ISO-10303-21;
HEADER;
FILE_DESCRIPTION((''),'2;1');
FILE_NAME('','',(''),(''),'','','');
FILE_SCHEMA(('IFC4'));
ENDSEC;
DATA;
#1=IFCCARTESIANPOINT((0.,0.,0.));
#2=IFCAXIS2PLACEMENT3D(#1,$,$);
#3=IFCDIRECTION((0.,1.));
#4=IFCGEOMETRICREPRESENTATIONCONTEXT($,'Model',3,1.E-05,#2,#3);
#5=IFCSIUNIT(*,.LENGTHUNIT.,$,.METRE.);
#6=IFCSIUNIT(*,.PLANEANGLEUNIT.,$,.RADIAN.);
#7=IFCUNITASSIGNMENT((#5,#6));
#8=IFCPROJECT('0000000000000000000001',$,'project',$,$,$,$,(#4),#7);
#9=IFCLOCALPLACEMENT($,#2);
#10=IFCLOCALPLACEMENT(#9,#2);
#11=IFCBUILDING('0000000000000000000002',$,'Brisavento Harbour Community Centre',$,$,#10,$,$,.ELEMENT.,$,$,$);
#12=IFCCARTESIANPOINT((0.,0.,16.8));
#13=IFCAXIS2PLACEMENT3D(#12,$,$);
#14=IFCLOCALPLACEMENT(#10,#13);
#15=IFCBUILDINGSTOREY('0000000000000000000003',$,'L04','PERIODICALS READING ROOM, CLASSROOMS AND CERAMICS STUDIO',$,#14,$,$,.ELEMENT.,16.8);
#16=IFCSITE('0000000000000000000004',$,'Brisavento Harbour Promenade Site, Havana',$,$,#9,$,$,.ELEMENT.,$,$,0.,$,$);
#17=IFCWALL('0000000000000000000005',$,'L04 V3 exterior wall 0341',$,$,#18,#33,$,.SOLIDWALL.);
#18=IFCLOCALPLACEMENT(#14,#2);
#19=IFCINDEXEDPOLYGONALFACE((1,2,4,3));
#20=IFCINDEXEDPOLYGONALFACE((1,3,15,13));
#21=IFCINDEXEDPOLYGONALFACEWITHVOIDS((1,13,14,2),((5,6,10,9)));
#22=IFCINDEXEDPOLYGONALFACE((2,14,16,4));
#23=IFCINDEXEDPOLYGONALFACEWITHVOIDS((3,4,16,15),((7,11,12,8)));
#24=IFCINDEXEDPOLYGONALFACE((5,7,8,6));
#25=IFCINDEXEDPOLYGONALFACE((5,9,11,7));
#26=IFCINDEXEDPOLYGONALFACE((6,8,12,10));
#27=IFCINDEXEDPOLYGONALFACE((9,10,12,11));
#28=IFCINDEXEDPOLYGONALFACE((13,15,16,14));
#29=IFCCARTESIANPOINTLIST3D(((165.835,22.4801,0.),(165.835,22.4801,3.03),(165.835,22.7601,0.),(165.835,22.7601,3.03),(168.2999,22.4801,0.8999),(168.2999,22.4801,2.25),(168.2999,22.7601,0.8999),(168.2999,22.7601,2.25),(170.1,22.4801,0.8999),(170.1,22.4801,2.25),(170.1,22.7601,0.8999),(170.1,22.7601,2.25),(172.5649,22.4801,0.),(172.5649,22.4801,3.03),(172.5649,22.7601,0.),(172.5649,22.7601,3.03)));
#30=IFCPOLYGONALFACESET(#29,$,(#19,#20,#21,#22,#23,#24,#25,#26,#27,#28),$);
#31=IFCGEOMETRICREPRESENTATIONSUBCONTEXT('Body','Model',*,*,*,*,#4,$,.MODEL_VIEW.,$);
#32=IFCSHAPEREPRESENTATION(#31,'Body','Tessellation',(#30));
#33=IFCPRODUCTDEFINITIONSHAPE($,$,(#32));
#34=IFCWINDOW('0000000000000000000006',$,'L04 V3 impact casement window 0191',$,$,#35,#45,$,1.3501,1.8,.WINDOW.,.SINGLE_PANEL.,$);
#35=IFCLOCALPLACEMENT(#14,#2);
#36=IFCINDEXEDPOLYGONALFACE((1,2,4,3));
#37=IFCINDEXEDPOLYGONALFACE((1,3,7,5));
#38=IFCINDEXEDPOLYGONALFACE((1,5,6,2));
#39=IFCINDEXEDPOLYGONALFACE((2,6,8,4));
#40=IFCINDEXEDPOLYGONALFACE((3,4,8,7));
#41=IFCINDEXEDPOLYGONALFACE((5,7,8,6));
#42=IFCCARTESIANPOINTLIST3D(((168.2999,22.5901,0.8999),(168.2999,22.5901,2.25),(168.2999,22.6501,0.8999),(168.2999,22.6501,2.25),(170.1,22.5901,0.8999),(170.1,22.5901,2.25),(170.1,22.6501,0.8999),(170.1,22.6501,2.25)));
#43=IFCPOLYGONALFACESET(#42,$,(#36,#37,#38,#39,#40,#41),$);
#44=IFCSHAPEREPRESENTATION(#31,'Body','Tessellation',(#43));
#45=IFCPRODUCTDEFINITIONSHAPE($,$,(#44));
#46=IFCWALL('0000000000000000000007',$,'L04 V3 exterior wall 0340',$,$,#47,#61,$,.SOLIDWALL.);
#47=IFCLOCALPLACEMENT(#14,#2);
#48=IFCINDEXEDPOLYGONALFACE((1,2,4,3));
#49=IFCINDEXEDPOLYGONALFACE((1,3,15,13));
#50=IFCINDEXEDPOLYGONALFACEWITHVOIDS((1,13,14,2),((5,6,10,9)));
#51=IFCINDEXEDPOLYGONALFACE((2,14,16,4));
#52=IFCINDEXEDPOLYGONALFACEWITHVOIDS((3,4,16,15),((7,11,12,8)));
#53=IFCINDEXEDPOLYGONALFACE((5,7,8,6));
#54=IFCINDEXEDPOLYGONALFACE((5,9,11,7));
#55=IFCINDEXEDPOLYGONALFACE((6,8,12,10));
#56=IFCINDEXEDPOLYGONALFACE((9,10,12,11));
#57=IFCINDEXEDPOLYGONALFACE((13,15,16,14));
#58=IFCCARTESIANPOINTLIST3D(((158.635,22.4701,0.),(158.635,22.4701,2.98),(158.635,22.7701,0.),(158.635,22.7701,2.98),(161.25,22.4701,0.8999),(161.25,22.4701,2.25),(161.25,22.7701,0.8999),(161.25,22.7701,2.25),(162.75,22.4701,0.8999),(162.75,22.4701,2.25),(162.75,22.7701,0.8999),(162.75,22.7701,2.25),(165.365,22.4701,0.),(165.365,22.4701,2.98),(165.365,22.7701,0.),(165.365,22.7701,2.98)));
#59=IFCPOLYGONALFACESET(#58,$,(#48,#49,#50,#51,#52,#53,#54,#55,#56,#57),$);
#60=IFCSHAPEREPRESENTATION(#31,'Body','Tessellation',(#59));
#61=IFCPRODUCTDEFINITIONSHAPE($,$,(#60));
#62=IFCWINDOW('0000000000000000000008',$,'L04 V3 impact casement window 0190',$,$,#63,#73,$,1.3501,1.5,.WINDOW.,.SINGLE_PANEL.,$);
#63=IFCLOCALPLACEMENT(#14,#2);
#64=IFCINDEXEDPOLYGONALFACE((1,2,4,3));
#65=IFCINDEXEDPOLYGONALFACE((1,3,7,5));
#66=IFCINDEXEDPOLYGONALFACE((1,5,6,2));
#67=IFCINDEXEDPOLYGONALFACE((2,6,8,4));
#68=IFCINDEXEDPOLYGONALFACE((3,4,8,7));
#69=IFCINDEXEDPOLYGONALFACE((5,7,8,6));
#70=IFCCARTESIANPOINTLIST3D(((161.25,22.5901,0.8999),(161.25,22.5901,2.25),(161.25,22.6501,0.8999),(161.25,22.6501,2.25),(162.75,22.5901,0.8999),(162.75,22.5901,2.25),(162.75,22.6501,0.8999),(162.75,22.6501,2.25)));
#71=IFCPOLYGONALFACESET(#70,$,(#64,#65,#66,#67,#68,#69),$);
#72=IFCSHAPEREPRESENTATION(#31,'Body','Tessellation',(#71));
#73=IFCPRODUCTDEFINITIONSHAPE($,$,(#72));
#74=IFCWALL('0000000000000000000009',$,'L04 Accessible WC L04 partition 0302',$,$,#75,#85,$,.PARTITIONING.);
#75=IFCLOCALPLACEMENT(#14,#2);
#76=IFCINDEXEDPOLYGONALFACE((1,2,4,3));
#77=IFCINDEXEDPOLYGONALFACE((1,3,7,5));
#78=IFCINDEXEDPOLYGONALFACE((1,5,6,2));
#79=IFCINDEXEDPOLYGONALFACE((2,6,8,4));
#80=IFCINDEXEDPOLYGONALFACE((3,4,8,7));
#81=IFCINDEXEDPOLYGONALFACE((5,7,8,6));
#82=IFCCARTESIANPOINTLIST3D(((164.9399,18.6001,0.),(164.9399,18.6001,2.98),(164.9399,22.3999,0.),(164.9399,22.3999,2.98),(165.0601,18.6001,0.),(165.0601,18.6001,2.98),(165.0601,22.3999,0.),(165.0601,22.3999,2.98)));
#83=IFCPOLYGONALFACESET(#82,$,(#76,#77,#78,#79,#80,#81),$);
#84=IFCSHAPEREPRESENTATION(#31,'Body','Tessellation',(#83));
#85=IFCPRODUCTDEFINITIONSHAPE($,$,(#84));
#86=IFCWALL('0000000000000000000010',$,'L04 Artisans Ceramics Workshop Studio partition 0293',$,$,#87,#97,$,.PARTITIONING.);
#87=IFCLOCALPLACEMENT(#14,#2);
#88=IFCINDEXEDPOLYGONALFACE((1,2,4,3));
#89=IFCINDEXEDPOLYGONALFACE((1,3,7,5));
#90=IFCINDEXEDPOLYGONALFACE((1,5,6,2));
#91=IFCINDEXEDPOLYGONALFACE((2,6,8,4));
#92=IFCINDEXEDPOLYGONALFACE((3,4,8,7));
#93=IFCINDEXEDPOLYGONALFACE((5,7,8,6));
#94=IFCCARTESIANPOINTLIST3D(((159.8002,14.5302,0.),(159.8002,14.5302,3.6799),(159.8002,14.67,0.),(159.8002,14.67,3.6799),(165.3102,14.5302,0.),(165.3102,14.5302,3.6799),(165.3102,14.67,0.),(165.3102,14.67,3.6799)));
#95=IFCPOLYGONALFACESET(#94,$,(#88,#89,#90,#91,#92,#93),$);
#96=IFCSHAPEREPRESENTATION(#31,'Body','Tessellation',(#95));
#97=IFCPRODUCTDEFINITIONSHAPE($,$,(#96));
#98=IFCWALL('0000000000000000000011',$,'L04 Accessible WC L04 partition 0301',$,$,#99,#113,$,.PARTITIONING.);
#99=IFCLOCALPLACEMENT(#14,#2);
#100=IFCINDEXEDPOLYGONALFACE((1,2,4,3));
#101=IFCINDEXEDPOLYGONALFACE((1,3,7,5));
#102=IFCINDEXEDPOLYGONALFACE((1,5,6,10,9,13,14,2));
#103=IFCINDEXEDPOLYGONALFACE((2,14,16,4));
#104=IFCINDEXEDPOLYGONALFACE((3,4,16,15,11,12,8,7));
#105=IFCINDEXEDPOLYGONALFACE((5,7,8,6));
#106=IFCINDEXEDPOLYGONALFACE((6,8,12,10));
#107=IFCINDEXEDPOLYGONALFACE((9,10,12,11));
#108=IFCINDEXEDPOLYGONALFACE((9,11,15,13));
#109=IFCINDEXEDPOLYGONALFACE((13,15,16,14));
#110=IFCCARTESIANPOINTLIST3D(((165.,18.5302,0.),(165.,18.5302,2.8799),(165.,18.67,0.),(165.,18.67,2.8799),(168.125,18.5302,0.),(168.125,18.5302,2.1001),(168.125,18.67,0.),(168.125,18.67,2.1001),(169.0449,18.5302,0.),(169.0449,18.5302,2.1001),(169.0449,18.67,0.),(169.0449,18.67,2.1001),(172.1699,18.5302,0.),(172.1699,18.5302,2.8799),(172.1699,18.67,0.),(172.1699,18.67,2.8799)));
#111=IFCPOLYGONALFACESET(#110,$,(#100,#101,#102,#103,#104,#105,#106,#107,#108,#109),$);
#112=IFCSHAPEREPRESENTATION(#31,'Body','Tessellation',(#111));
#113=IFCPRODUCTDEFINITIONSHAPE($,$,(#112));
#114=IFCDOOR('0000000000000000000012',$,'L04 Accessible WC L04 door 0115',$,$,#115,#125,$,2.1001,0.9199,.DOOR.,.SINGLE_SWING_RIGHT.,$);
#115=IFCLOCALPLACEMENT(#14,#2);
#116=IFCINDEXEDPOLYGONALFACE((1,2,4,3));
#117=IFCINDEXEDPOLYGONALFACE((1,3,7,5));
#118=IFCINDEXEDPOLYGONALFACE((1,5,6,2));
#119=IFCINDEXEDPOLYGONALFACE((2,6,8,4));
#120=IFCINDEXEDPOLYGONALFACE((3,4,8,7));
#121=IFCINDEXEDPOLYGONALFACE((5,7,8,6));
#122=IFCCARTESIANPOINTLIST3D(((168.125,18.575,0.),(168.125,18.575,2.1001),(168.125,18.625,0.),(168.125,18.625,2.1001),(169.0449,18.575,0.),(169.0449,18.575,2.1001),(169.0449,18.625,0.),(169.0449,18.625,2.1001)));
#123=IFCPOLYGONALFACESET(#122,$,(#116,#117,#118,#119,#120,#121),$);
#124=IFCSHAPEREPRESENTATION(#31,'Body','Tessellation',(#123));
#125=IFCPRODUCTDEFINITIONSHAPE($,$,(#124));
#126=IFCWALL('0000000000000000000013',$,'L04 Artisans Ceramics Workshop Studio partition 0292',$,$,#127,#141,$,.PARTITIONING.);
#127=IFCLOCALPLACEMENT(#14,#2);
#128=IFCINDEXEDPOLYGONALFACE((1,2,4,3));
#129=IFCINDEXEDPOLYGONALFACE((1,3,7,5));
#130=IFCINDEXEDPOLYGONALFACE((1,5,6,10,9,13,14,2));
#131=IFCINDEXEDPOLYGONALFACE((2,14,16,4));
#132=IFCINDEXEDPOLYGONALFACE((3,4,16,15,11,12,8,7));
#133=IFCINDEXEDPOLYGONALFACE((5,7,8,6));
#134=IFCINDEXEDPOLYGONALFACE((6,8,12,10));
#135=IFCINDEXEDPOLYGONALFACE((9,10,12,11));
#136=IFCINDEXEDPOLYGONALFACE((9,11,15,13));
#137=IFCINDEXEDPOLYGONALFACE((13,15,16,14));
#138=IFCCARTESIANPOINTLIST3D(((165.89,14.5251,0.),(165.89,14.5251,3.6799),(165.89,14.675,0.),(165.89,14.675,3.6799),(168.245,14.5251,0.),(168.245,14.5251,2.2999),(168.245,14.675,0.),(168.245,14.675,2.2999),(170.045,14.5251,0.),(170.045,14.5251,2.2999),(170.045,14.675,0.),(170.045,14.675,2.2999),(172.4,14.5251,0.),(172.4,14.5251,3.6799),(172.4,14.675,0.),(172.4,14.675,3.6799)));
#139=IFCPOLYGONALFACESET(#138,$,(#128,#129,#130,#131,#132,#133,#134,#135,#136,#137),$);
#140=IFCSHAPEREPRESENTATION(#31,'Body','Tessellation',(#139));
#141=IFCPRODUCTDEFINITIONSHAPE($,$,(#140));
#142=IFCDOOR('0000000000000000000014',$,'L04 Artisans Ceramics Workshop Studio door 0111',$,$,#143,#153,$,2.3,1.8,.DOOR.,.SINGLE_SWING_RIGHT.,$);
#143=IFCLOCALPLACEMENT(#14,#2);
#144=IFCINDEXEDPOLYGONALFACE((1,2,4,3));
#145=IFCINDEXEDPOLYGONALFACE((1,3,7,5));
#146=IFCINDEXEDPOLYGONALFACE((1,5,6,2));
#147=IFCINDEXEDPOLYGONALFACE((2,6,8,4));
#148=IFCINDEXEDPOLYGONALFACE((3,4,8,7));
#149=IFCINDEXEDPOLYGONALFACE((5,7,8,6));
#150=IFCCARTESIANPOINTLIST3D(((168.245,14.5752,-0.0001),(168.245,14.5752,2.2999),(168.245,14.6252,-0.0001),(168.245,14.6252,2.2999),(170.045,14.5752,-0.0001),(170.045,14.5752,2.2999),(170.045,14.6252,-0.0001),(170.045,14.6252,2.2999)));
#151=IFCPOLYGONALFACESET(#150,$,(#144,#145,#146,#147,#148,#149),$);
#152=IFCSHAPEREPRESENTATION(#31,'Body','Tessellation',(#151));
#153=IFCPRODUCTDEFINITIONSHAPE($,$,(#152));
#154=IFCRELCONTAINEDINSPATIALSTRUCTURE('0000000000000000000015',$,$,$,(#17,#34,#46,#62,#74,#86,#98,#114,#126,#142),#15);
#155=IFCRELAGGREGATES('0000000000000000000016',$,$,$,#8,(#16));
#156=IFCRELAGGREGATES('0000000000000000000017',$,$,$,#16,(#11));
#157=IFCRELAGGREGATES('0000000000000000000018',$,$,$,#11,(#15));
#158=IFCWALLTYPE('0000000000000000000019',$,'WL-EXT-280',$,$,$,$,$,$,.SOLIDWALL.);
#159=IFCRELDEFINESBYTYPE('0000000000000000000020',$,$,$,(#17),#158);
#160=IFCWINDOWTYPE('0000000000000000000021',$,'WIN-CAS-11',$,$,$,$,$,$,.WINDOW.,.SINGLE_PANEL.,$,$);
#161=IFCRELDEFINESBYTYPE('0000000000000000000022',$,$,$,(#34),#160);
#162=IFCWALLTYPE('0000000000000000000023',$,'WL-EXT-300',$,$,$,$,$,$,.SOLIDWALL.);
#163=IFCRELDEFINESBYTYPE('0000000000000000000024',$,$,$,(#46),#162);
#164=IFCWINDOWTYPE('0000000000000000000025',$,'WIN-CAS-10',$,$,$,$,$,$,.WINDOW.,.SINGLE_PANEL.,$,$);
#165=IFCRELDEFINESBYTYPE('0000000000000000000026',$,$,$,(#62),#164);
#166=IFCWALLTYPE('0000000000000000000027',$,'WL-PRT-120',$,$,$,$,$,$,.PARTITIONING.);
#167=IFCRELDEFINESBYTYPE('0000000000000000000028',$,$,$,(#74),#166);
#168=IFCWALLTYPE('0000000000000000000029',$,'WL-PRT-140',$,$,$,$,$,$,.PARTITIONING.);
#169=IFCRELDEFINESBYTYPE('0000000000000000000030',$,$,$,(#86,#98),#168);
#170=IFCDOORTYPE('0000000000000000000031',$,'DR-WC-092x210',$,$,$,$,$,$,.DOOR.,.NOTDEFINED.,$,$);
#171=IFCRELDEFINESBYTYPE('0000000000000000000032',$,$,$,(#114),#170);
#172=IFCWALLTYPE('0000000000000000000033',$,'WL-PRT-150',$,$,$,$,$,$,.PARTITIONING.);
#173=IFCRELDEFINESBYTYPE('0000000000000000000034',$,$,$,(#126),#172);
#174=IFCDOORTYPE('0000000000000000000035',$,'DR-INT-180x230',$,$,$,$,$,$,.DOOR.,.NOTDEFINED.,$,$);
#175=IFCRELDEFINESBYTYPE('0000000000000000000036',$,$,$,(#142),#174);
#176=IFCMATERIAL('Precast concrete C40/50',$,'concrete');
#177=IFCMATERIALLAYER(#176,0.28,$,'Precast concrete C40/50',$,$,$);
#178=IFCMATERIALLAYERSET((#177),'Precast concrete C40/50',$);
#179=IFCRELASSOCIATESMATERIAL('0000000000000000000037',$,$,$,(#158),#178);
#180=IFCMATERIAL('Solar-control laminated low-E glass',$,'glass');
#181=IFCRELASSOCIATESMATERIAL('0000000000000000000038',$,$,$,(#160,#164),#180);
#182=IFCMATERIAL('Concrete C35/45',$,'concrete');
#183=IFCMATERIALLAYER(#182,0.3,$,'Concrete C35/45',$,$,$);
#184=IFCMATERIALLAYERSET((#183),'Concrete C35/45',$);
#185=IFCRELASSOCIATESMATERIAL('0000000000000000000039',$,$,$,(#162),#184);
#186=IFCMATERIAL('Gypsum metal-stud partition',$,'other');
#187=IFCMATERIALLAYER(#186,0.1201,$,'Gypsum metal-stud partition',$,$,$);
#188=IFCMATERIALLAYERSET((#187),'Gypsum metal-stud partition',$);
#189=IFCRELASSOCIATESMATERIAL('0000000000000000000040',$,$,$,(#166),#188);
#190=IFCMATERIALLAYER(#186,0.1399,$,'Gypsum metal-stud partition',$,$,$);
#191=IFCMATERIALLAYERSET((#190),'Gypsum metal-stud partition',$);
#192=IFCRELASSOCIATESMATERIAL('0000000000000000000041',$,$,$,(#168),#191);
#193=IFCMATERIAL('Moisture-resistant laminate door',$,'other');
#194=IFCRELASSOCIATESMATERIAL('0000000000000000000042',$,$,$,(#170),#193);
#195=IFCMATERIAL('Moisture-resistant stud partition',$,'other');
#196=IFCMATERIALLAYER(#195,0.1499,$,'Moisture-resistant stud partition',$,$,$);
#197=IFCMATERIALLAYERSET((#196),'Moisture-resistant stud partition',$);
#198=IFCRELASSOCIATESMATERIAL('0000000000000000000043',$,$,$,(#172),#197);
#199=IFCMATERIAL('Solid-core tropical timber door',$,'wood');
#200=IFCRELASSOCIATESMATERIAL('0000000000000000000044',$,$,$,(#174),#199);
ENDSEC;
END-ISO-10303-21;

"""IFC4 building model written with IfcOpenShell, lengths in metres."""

from ifc_helpers import new_model, si_unit, direction, frame, frame_2d, origin, place, context, subcontext, project, spatial, rectangle, extrude, material, layer, layer_set, type_object, element, fill, save


model = new_model("IFC4")

# Units and contexts
model_context = context("Model", 3, precision=1e-05, world=origin(), true_north=direction((0.0, 1.0)))
body_context = subcontext(model_context, "Body", "Model", "MODEL_VIEW")
ifc_project = project(units=[si_unit("LENGTHUNIT", "METRE"), si_unit("PLANEANGLEUNIT", "RADIAN")], contexts=[model_context])

# Site, building, storey
site_placement = place(None, origin())
site = spatial("IfcSite", under=ifc_project, at=site_placement, Name="Brisavento Harbour Promenade Site, Havana", CompositionType="ELEMENT", RefElevation=0.0)
building_placement = place(site_placement, origin())
building = spatial("IfcBuilding", under=site, at=building_placement, Name="Brisavento Harbour Community Centre", CompositionType="ELEMENT")
storey_placement = place(building_placement, frame((0.0, 0.0, 16.8)))
storey = spatial("IfcBuildingStorey", under=building, at=storey_placement, Name="L04", Description="PERIODICALS READING ROOM, CLASSROOMS AND CERAMICS STUDIO", CompositionType="ELEMENT", Elevation=16.8)

# Shared definitions
ifc_material_1 = material(Name="Concrete C35/45", Category="concrete")

# Walls, openings, windows
ifc_material_2 = material(Name="Precast concrete C40/50", Category="concrete")
ifc_layer_1 = layer(ifc_material_2, 0.28, Name="Precast concrete C40/50")
ifc_layer_set_1 = layer_set([ifc_layer_1], Name="Precast concrete C40/50")
wall_type_1 = type_object("IfcWallType", Name="WL-EXT-280", PredefinedType="SOLIDWALL", material=ifc_layer_set_1)
ifc_material_3 = material(Name="Solar-control laminated low-E glass", Category="glass")
wall_1_placement = place(storey_placement, frame((165.835, 22.6201, 0.0), z_axis=(0.0, 0.0, 1.0), x_axis=(1.0, 0.0, 0.0)))
wall_1 = element("IfcWall", 1, at=wall_1_placement, inside=storey, type_object=wall_type_1, Name="L04 V3 exterior wall 0341", PredefinedType="SOLIDWALL", context=body_context, shape_type="SweptSolid", body=[
    extrude(rectangle(XDim=6.73, YDim=0.28, at=frame_2d((3.365, 0.0))), origin(), (0.0, 0.0, 1.0), 3.03),
])
opening_1_placement = place(wall_1_placement, frame((2.4651, 0.0, 0.8999)))
opening_1 = element("IfcOpeningElement", 2, at=opening_1_placement, cuts=wall_1, PredefinedType="OPENING", context=body_context, shape_type="SweptSolid", body=[
    extrude(rectangle(XDim=1.8, YDim=1.3501, at=frame_2d((0.8999, 0.675))), frame((0.0, 0.1499, 0.0), z_axis=(0.0, -1.0, 0.0), x_axis=(1.0, 0.0, 0.0)), (0.0, 0.0, 1.0), 0.3),
])
window_type_1 = type_object("IfcWindowType", Name="WIN-CAS-11", PartitioningType="SINGLE_PANEL", PredefinedType="WINDOW", material=ifc_material_3)
window_1_placement = place(opening_1_placement, origin())
window_1 = element("IfcWindow", 3, at=window_1_placement, inside=storey, type_object=window_type_1, Name="L04 V3 impact casement window 0191", OverallHeight=1.3501, OverallWidth=1.8, PartitioningType="SINGLE_PANEL", PredefinedType="WINDOW", context=body_context, shape_type="SweptSolid", body=[
    extrude(rectangle(XDim=1.8, YDim=1.3501, at=frame_2d((0.8999, 0.675))), frame((0.0, 0.03, 0.0), z_axis=(0.0, -1.0, 0.0), x_axis=(1.0, 0.0, 0.0)), (0.0, 0.0, 1.0), 0.0601),
])
fill(opening_1, window_1)
ifc_layer_2 = layer(ifc_material_1, 0.3, Name="Concrete C35/45")
ifc_layer_set_2 = layer_set([ifc_layer_2], Name="Concrete C35/45")
wall_type_2 = type_object("IfcWallType", Name="WL-EXT-300", PredefinedType="SOLIDWALL", material=ifc_layer_set_2)
wall_2_placement = place(storey_placement, frame((158.635, 22.6201, 0.0), z_axis=(0.0, 0.0, 1.0), x_axis=(1.0, 0.0, 0.0)))
wall_2 = element("IfcWall", 4, at=wall_2_placement, inside=storey, type_object=wall_type_2, Name="L04 V3 exterior wall 0340", PredefinedType="SOLIDWALL", context=body_context, shape_type="SweptSolid", body=[
    extrude(rectangle(XDim=6.73, YDim=0.3, at=frame_2d((3.365, 0.0))), origin(), (0.0, 0.0, 1.0), 2.98),
])
opening_2_placement = place(wall_2_placement, frame((2.615, 0.0, 0.8999)))
opening_2 = element("IfcOpeningElement", 5, at=opening_2_placement, cuts=wall_2, PredefinedType="OPENING", context=body_context, shape_type="SweptSolid", body=[
    extrude(rectangle(XDim=1.5, YDim=1.3501, at=frame_2d((0.75, 0.675))), frame((0.0, 0.1602, 0.0), z_axis=(0.0, -1.0, 0.0), x_axis=(1.0, 0.0, 0.0)), (0.0, 0.0, 1.0), 0.3201),
])
window_type_2 = type_object("IfcWindowType", Name="WIN-CAS-10", PartitioningType="SINGLE_PANEL", PredefinedType="WINDOW", material=ifc_material_3)
window_2_placement = place(opening_2_placement, origin())
window_2 = element("IfcWindow", 6, at=window_2_placement, inside=storey, type_object=window_type_2, Name="L04 V3 impact casement window 0190", OverallHeight=1.3501, OverallWidth=1.5, PartitioningType="SINGLE_PANEL", PredefinedType="WINDOW", context=body_context, shape_type="SweptSolid", body=[
    extrude(rectangle(XDim=1.5, YDim=1.3501, at=frame_2d((0.75, 0.675))), frame((0.0, 0.03, 0.0), z_axis=(0.0, -1.0, 0.0), x_axis=(1.0, 0.0, 0.0)), (0.0, 0.0, 1.0), 0.0601),
])
fill(opening_2, window_2)

# Walls
ifc_material_4 = material(Name="Gypsum metal-stud partition", Category="other")
ifc_layer_3 = layer(ifc_material_4, 0.1201, Name="Gypsum metal-stud partition")
ifc_layer_set_3 = layer_set([ifc_layer_3], Name="Gypsum metal-stud partition")
wall_type_3 = type_object("IfcWallType", Name="WL-PRT-120", PredefinedType="PARTITIONING", material=ifc_layer_set_3)
wall_3_placement = place(storey_placement, frame((165.0, 22.3999, 0.0), z_axis=(0.0, 0.0, 1.0), x_axis=(0.0, -1.0, 0.0)))
element("IfcWall", 7, at=wall_3_placement, inside=storey, type_object=wall_type_3, Name="L04 Accessible WC L04 partition 0302", PredefinedType="PARTITIONING", context=body_context, shape_type="SweptSolid", body=[
    extrude(rectangle(XDim=3.7998, YDim=0.1201, at=frame_2d((1.8999, 0.0))), origin(), (0.0, 0.0, 1.0), 2.98),
])
ifc_layer_4 = layer(ifc_material_4, 0.1399, Name="Gypsum metal-stud partition")
ifc_layer_set_4 = layer_set([ifc_layer_4], Name="Gypsum metal-stud partition")
wall_type_4 = type_object("IfcWallType", Name="WL-PRT-140", PredefinedType="PARTITIONING", material=ifc_layer_set_4)
wall_4_placement = place(storey_placement, frame((165.3101, 14.6001, 0.0), z_axis=(0.0, 0.0, 1.0), x_axis=(-1.0, 0.0, 0.0)))
element("IfcWall", 8, at=wall_4_placement, inside=storey, type_object=wall_type_4, Name="L04 Artisans Ceramics Workshop Studio partition 0293", PredefinedType="PARTITIONING", context=body_context, shape_type="SweptSolid", body=[
    extrude(rectangle(XDim=5.51, YDim=0.1399, at=frame_2d((2.7549, 0.0))), origin(), (0.0, 0.0, 1.0), 3.6799),
])

# Walls, openings, doors
wall_5_placement = place(storey_placement, frame((165.0, 18.6001, 0.0), z_axis=(0.0, 0.0, 1.0), x_axis=(1.0, 0.0, 0.0)))
wall_5 = element("IfcWall", 9, at=wall_5_placement, inside=storey, type_object=wall_type_4, Name="L04 Accessible WC L04 partition 0301", PredefinedType="PARTITIONING", context=body_context, shape_type="SweptSolid", body=[
    extrude(rectangle(XDim=7.1699, YDim=0.1399, at=frame_2d((3.585, 0.0))), origin(), (0.0, 0.0, 1.0), 2.8799),
])
opening_3_placement = place(wall_5_placement, frame((3.125, 0.0, 0.0)))
opening_3 = element("IfcOpeningElement", 10, at=opening_3_placement, cuts=wall_5, PredefinedType="OPENING", context=body_context, shape_type="SweptSolid", body=[
    extrude(rectangle(XDim=0.9199, YDim=2.1001, at=frame_2d((0.46, 1.05))), frame((0.0, 0.0801, 0.0), z_axis=(0.0, -1.0, 0.0), x_axis=(1.0, 0.0, 0.0)), (0.0, 0.0, 1.0), 0.1599),
])
ifc_material_5 = material(Name="Moisture-resistant laminate door", Category="other")
door_type_1 = type_object("IfcDoorType", Name="DR-WC-092x210", OperationType="NOTDEFINED", PredefinedType="DOOR", material=ifc_material_5)
door_1_placement = place(opening_3_placement, origin())
door_1 = element("IfcDoor", 11, at=door_1_placement, inside=storey, type_object=door_type_1, Name="L04 Accessible WC L04 door 0115", OperationType="SINGLE_SWING_RIGHT", OverallHeight=2.1001, OverallWidth=0.9199, PredefinedType="DOOR", context=body_context, shape_type="SweptSolid", body=[
    extrude(rectangle(XDim=0.9199, YDim=2.1001, at=frame_2d((0.46, 1.05))), frame((0.0, 0.0249, 0.0), z_axis=(0.0, -1.0, 0.0), x_axis=(1.0, 0.0, 0.0)), (0.0, 0.0, 1.0), 0.05),
])
fill(opening_3, door_1)
ifc_material_6 = material(Name="Moisture-resistant stud partition", Category="other")
ifc_layer_5 = layer(ifc_material_6, 0.1499, Name="Moisture-resistant stud partition")
ifc_layer_set_5 = layer_set([ifc_layer_5], Name="Moisture-resistant stud partition")
wall_type_5 = type_object("IfcWallType", Name="WL-PRT-150", PredefinedType="PARTITIONING", material=ifc_layer_set_5)
wall_6_placement = place(storey_placement, frame((172.3999, 14.6001, 0.0), z_axis=(0.0, 0.0, 1.0), x_axis=(-1.0, 0.0, 0.0)))
wall_6 = element("IfcWall", 12, at=wall_6_placement, inside=storey, type_object=wall_type_5, Name="L04 Artisans Ceramics Workshop Studio partition 0292", PredefinedType="PARTITIONING", context=body_context, shape_type="SweptSolid", body=[
    extrude(rectangle(XDim=6.51, YDim=0.1499, at=frame_2d((3.2549, 0.0))), origin(), (0.0, 0.0, 1.0), 3.6799),
])
opening_4_placement = place(wall_6_placement, frame((2.355, 0.0, 0.0)))
opening_4 = element("IfcOpeningElement", 13, at=opening_4_placement, cuts=wall_6, PredefinedType="OPENING", context=body_context, shape_type="SweptSolid", body=[
    extrude(rectangle(XDim=1.8, YDim=2.3, at=frame_2d((0.8999, 1.1499))), frame((0.0, 0.085, 0.0), z_axis=(0.0, -1.0, 0.0), x_axis=(1.0, 0.0, 0.0)), (0.0, 0.0, 1.0), 0.1699),
])
ifc_material_7 = material(Name="Solid-core tropical timber door", Category="wood")
door_type_2 = type_object("IfcDoorType", Name="DR-INT-180x230", OperationType="NOTDEFINED", PredefinedType="DOOR", material=ifc_material_7)
door_2_placement = place(opening_4_placement, origin())
door_2 = element("IfcDoor", 14, at=door_2_placement, inside=storey, type_object=door_type_2, Name="L04 Artisans Ceramics Workshop Studio door 0111", OperationType="SINGLE_SWING_RIGHT", OverallHeight=2.3, OverallWidth=1.8, PredefinedType="DOOR", context=body_context, shape_type="SweptSolid", body=[
    extrude(rectangle(XDim=1.8, YDim=2.3, at=frame_2d((0.8999, 1.1499))), frame((0.0, 0.0249, 0.0), z_axis=(0.0, -1.0, 0.0), x_axis=(1.0, 0.0, 0.0)), (0.0, 0.0, 1.0), 0.05),
])
fill(opening_4, door_2)

save(model, "model.ifc")
